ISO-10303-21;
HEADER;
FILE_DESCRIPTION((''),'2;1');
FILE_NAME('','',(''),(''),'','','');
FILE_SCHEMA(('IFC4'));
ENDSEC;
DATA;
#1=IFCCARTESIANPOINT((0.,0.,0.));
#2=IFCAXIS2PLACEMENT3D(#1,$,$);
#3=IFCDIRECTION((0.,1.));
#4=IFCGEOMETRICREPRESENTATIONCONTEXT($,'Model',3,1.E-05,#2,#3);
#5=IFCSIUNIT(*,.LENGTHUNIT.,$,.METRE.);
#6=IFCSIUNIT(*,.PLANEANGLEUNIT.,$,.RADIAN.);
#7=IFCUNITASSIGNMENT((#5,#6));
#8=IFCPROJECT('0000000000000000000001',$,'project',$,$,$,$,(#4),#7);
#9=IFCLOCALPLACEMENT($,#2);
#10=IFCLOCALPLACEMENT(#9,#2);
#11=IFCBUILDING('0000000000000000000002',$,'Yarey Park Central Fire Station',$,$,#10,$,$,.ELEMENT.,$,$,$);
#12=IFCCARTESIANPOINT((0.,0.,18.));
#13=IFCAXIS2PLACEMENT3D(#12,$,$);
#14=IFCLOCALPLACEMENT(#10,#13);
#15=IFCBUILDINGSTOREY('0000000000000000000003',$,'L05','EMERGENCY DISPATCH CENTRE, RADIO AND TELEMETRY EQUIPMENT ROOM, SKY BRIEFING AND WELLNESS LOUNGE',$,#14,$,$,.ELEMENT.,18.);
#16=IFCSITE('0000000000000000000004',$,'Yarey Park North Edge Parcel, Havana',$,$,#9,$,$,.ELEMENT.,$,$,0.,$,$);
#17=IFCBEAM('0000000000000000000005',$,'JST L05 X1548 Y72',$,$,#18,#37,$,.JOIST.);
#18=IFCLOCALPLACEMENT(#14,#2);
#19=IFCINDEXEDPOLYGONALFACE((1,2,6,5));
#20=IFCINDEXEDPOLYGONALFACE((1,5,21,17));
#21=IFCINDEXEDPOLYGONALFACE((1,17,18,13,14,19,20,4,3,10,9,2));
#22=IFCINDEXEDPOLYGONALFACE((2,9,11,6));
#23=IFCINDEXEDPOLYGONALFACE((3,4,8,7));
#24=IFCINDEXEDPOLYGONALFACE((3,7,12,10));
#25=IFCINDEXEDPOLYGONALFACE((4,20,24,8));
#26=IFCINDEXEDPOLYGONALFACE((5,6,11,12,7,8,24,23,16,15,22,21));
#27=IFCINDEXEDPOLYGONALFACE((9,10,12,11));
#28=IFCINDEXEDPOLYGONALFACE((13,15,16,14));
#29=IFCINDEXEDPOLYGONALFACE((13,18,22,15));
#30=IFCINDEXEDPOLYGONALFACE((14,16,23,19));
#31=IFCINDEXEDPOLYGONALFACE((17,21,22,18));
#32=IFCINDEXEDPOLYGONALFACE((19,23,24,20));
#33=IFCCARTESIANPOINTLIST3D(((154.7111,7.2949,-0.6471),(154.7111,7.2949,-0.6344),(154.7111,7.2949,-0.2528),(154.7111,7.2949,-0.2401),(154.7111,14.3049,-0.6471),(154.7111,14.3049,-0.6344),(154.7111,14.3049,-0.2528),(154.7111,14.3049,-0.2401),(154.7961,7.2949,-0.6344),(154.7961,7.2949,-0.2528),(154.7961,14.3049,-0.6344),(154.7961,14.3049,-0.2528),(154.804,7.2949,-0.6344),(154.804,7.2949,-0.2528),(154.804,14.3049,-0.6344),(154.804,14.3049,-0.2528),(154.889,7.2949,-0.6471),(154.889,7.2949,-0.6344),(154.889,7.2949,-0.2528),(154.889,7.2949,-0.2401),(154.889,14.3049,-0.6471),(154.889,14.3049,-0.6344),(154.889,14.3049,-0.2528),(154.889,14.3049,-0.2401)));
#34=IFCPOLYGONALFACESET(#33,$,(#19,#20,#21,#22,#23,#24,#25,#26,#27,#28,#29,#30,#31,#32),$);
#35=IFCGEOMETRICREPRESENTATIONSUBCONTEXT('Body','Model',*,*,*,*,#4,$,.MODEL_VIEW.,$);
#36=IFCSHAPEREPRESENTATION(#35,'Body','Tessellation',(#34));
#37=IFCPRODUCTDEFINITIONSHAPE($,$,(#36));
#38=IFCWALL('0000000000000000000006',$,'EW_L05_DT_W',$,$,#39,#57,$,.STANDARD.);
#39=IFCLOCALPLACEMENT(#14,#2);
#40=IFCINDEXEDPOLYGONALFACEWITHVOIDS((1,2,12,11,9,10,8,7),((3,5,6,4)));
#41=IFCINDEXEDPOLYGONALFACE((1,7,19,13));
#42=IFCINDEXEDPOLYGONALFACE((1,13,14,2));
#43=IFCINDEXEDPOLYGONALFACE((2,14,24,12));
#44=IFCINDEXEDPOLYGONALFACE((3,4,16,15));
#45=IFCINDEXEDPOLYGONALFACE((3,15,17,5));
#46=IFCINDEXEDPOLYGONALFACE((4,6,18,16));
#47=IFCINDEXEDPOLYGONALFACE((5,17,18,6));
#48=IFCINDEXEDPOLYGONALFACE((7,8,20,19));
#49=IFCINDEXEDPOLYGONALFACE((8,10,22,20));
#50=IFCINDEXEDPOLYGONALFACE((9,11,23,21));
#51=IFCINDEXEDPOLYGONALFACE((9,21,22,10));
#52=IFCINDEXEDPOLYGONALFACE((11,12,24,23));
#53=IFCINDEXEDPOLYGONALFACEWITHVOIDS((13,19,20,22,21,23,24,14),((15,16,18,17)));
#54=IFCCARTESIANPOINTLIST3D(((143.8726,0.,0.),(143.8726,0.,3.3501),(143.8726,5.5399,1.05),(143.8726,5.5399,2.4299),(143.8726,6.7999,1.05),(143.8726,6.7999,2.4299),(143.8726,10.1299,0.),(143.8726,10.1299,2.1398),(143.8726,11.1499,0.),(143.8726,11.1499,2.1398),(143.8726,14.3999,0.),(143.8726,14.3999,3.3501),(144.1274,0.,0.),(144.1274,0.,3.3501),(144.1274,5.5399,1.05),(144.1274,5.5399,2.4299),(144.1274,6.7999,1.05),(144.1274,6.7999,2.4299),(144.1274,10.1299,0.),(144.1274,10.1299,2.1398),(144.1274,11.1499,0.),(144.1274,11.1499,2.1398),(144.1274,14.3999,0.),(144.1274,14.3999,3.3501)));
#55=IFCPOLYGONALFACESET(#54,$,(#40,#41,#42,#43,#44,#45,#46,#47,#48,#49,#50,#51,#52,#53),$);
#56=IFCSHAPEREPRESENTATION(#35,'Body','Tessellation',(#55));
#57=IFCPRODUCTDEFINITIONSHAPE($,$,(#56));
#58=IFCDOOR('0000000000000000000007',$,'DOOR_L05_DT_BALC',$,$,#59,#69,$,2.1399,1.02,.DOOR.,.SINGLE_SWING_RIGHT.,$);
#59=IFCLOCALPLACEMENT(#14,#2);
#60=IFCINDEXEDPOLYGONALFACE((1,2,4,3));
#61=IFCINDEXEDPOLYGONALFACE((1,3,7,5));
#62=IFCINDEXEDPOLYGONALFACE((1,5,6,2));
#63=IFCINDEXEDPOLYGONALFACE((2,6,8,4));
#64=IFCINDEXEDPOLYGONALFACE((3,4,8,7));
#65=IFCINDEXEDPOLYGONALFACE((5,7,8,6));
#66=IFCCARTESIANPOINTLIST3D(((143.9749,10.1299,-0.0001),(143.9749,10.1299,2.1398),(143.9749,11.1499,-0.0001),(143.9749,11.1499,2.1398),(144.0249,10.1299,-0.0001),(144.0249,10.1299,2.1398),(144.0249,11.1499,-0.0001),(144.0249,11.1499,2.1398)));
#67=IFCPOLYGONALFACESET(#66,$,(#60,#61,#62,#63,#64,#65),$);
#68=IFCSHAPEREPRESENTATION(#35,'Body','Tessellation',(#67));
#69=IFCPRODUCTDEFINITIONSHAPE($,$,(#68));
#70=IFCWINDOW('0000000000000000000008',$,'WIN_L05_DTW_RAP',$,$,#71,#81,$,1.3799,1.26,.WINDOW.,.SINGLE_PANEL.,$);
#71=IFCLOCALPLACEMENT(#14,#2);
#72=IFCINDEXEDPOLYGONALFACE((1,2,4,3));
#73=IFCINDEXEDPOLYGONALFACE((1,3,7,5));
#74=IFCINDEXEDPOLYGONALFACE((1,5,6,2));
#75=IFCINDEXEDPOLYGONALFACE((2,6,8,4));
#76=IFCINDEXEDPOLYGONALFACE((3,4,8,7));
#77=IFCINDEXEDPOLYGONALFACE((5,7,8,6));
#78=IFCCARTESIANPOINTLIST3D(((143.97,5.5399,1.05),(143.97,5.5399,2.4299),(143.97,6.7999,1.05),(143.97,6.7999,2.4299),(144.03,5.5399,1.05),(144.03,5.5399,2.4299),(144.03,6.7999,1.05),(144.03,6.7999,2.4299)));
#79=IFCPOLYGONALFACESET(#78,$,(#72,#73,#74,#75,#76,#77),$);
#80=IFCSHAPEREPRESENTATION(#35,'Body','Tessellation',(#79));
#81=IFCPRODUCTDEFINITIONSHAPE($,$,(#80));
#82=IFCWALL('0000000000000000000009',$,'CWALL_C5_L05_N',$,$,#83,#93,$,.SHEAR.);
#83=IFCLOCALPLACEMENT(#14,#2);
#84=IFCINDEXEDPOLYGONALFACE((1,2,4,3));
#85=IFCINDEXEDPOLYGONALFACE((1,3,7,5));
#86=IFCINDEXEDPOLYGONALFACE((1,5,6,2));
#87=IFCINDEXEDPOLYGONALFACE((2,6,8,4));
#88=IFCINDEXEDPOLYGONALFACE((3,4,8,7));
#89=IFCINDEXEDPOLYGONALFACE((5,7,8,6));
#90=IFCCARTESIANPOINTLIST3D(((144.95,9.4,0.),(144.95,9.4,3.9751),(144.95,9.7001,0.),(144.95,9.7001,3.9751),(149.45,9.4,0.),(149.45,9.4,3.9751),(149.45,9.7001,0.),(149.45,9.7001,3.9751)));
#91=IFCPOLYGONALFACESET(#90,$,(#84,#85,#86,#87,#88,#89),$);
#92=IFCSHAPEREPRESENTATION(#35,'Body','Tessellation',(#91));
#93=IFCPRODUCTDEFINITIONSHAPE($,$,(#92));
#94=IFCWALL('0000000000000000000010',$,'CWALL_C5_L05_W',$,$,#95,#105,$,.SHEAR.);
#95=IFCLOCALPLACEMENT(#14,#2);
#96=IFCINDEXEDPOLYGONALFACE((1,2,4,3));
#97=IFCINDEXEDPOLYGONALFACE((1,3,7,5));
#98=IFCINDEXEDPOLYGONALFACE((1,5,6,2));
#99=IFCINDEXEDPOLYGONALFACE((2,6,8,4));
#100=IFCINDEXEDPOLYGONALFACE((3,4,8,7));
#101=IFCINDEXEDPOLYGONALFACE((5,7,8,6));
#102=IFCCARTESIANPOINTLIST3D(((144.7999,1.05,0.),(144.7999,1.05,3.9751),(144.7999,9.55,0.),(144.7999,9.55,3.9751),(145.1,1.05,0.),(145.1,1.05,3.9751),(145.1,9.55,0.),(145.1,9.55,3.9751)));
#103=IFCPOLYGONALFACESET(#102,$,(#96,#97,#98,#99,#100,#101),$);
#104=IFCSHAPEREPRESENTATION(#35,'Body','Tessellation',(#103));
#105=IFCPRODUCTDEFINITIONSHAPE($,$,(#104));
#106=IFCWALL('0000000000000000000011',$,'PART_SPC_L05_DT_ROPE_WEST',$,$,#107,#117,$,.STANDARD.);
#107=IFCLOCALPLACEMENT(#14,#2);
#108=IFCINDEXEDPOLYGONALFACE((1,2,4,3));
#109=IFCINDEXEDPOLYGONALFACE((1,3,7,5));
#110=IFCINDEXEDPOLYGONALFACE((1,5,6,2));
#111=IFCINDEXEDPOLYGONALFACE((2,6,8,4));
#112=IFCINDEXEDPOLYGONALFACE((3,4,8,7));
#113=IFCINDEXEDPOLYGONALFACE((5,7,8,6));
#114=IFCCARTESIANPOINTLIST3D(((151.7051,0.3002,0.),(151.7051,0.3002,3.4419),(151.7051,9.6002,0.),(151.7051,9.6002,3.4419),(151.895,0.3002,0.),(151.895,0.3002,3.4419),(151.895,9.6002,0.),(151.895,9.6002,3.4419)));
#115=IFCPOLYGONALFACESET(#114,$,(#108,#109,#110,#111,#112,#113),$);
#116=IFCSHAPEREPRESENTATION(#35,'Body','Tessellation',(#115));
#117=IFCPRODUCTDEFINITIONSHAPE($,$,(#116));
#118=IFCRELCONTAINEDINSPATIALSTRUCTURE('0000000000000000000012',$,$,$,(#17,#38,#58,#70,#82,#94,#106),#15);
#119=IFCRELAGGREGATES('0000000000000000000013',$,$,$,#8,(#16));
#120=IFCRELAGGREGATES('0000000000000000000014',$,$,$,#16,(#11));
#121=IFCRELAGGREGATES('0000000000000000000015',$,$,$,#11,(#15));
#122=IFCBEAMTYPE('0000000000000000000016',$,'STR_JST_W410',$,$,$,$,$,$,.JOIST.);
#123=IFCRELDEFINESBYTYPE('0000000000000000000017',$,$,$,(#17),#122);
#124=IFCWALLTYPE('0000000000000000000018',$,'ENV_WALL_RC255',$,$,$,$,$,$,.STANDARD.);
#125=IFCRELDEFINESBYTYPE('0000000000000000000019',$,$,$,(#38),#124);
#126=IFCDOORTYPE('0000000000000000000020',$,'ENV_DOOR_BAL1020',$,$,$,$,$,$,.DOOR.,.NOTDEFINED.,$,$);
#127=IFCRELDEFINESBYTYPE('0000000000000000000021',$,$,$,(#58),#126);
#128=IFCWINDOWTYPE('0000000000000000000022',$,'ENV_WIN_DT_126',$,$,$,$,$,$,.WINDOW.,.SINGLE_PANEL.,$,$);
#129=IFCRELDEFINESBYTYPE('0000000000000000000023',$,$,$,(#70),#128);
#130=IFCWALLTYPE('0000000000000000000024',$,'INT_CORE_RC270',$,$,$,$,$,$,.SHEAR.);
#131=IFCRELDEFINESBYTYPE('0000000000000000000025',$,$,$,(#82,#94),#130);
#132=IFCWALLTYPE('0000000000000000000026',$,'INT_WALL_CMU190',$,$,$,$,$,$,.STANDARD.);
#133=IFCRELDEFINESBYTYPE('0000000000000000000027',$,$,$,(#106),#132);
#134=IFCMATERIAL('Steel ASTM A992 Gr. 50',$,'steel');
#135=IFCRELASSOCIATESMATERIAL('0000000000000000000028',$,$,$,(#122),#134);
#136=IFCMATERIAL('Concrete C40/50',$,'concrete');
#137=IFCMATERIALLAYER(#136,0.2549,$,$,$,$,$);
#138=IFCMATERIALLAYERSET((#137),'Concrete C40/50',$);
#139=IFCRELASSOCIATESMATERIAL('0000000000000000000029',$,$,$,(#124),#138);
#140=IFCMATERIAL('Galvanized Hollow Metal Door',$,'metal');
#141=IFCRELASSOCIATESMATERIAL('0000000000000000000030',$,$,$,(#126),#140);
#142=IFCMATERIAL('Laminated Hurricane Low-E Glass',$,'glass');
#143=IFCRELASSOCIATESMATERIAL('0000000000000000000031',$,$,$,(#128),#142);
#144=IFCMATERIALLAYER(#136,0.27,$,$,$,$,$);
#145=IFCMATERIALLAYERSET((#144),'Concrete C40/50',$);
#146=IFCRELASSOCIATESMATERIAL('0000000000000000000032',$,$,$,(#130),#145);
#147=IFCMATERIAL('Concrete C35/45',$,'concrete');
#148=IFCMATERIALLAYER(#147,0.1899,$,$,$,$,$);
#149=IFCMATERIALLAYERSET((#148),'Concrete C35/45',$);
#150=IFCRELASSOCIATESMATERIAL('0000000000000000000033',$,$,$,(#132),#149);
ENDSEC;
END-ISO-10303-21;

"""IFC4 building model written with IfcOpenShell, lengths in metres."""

from ifc_helpers import new_model, si_unit, direction, frame, frame_2d, origin, origin_2d, place, context, subcontext, project, spatial, rectangle, i_section, extrude, material, layer, layer_set, material_profile, profile_set, type_object, element, fill, save


model = new_model("IFC4")

# Units and contexts
model_context = context("Model", 3, precision=1e-05, world=origin(), true_north=direction((0.0, 1.0)))
body_context = subcontext(model_context, "Body", "Model", "MODEL_VIEW")
ifc_project = project(units=[si_unit("LENGTHUNIT", "METRE"), si_unit("PLANEANGLEUNIT", "RADIAN")], contexts=[model_context])

# Site, building, storey
site_placement = place(None, origin())
site = spatial("IfcSite", under=ifc_project, at=site_placement, Name="Yarey Park North Edge Parcel, Havana", CompositionType="ELEMENT", RefElevation=0.0)
building_placement = place(site_placement, origin())
building = spatial("IfcBuilding", under=site, at=building_placement, Name="Yarey Park Central Fire Station", CompositionType="ELEMENT")
storey_placement = place(building_placement, frame((0.0, 0.0, 18.0)))
storey = spatial("IfcBuildingStorey", under=building, at=storey_placement, Name="L05", Description="EMERGENCY DISPATCH CENTRE, RADIO AND TELEMETRY EQUIPMENT ROOM, SKY BRIEFING AND WELLNESS LOUNGE", CompositionType="ELEMENT", Elevation=18.0)

# Shared definitions
ifc_material_1 = material(Name="Steel ASTM A992 Gr. 50", Category="steel")

# Beam
ifc_material_profile_1 = material_profile(ifc_material_1, i_section(OverallWidth=0.178, OverallDepth=0.407, WebThickness=0.0078, FlangeThickness=0.0127, at=origin_2d()), Name="W410x60")
ifc_profile_set_1 = profile_set([ifc_material_profile_1], Name="Steel ASTM A992 Gr. 50")
beam_type_1 = type_object("IfcBeamType", Name="STR_JST_W410", PredefinedType="JOIST", material=ifc_profile_set_1)
beam_1_placement = place(storey_placement, frame((154.8, 7.2949, -0.4436), z_axis=(0.0, 1.0, 0.0), x_axis=(-1.0, 0.0, 0.0)))
element("IfcBeam", 1, at=beam_1_placement, inside=storey, type_object=beam_type_1, Name="JST L05 X1548 Y72", PredefinedType="JOIST", context=body_context, shape_type="SweptSolid", body=[
    extrude(i_section(OverallWidth=0.178, OverallDepth=0.407, WebThickness=0.0078, FlangeThickness=0.0127, at=origin_2d()), origin(), (0.0, 0.0, 1.0), 7.01),
])

# Wall, openings, door, window
ifc_material_2 = material(Name="Concrete C40/50", Category="concrete")
ifc_layer_1 = layer(ifc_material_2, 0.2549)
ifc_layer_set_1 = layer_set([ifc_layer_1], Name="Concrete C40/50")
wall_type_1 = type_object("IfcWallType", Name="ENV_WALL_RC255", PredefinedType="STANDARD", material=ifc_layer_set_1)
wall_1_placement = place(storey_placement, frame((144.0, 14.3999, 0.0), z_axis=(0.0, 0.0, 1.0), x_axis=(0.0, -1.0, 0.0)))
wall_1 = element("IfcWall", 2, at=wall_1_placement, inside=storey, type_object=wall_type_1, Name="EW_L05_DT_W", PredefinedType="STANDARD", context=body_context, shape_type="SweptSolid", body=[
    extrude(rectangle(XDim=14.3999, YDim=0.2549, at=frame_2d((7.2, 0.0))), origin(), (0.0, 0.0, 1.0), 3.3501),
])
opening_1_placement = place(wall_1_placement, frame((3.25, 0.0, 0.0)))
opening_1 = element("IfcOpeningElement", 3, at=opening_1_placement, cuts=wall_1, PredefinedType="OPENING", context=body_context, shape_type="SweptSolid", body=[
    extrude(rectangle(XDim=1.02, YDim=2.1399, at=frame_2d((0.51, 1.0698))), frame((0.0, 0.1375, 0.0), z_axis=(0.0, -1.0, 0.0), x_axis=(1.0, 0.0, 0.0)), (0.0, 0.0, 1.0), 0.2749),
])
opening_2_placement = place(wall_1_placement, frame((7.6001, 0.0, 1.05)))
opening_2 = element("IfcOpeningElement", 4, at=opening_2_placement, cuts=wall_1, PredefinedType="OPENING", context=body_context, shape_type="SweptSolid", body=[
    extrude(rectangle(XDim=1.26, YDim=1.3799, at=frame_2d((0.6299, 0.6899))), frame((0.0, 0.1375, 0.0), z_axis=(0.0, -1.0, 0.0), x_axis=(1.0, 0.0, 0.0)), (0.0, 0.0, 1.0), 0.2749),
])
ifc_material_3 = material(Name="Galvanized Hollow Metal Door", Category="metal")
door_type = type_object("IfcDoorType", Name="ENV_DOOR_BAL1020", OperationType="NOTDEFINED", PredefinedType="DOOR", material=ifc_material_3)
door_placement = place(opening_1_placement, origin())
door = element("IfcDoor", 5, at=door_placement, inside=storey, type_object=door_type, Name="DOOR_L05_DT_BALC", OperationType="SINGLE_SWING_RIGHT", OverallHeight=2.1399, OverallWidth=1.02, PredefinedType="DOOR", context=body_context, shape_type="SweptSolid", body=[
    extrude(rectangle(XDim=1.02, YDim=2.1399, at=frame_2d((0.51, 1.0698))), frame((0.0, 0.0249, 0.0), z_axis=(0.0, -1.0, 0.0), x_axis=(1.0, 0.0, 0.0)), (0.0, 0.0, 1.0), 0.05),
])
fill(opening_1, door)
ifc_material_4 = material(Name="Laminated Hurricane Low-E Glass", Category="glass")
window_type = type_object("IfcWindowType", Name="ENV_WIN_DT_126", PartitioningType="SINGLE_PANEL", PredefinedType="WINDOW", material=ifc_material_4)
window_placement = place(opening_2_placement, origin())
window = element("IfcWindow", 6, at=window_placement, inside=storey, type_object=window_type, Name="WIN_L05_DTW_RAP", OverallHeight=1.3799, OverallWidth=1.26, PartitioningType="SINGLE_PANEL", PredefinedType="WINDOW", context=body_context, shape_type="SweptSolid", body=[
    extrude(rectangle(XDim=1.26, YDim=1.3799, at=frame_2d((0.6299, 0.6899))), frame((0.0, 0.03, 0.0), z_axis=(0.0, -1.0, 0.0), x_axis=(1.0, 0.0, 0.0)), (0.0, 0.0, 1.0), 0.0601),
])
fill(opening_2, window)

# Walls
ifc_layer_2 = layer(ifc_material_2, 0.27)
ifc_layer_set_2 = layer_set([ifc_layer_2], Name="Concrete C40/50")
wall_type_2 = type_object("IfcWallType", Name="INT_CORE_RC270", PredefinedType="SHEAR", material=ifc_layer_set_2)
wall_2_placement = place(storey_placement, frame((149.45, 9.55, 0.0), z_axis=(0.0, 0.0, 1.0), x_axis=(-1.0, 0.0, 0.0)))
element("IfcWall", 7, at=wall_2_placement, inside=storey, type_object=wall_type_2, Name="CWALL_C5_L05_N", PredefinedType="SHEAR", context=body_context, shape_type="SweptSolid", body=[
    extrude(rectangle(XDim=4.5, YDim=0.3, at=frame_2d((2.25, 0.0))), origin(), (0.0, 0.0, 1.0), 3.9751),
])
wall_3_placement = place(storey_placement, frame((144.95, 9.55, 0.0), z_axis=(0.0, 0.0, 1.0), x_axis=(0.0, -1.0, 0.0)))
element("IfcWall", 8, at=wall_3_placement, inside=storey, type_object=wall_type_2, Name="CWALL_C5_L05_W", PredefinedType="SHEAR", context=body_context, shape_type="SweptSolid", body=[
    extrude(rectangle(XDim=8.5, YDim=0.3, at=frame_2d((4.25, 0.0))), origin(), (0.0, 0.0, 1.0), 3.9751),
])
ifc_material_5 = material(Name="Concrete C35/45", Category="concrete")
ifc_layer_3 = layer(ifc_material_5, 0.1899)
ifc_layer_set_3 = layer_set([ifc_layer_3], Name="Concrete C35/45")
wall_type_3 = type_object("IfcWallType", Name="INT_WALL_CMU190", PredefinedType="STANDARD", material=ifc_layer_set_3)
wall_4_placement = place(storey_placement, frame((151.8, 9.6001, 0.0), z_axis=(0.0, 0.0, 1.0), x_axis=(0.0, -1.0, 0.0)))
element("IfcWall", 9, at=wall_4_placement, inside=storey, type_object=wall_type_3, Name="PART_SPC_L05_DT_ROPE_WEST", PredefinedType="STANDARD", context=body_context, shape_type="SweptSolid", body=[
    extrude(rectangle(XDim=9.3, YDim=0.1899, at=frame_2d((4.6499, 0.0))), origin(), (0.0, 0.0, 1.0), 3.4419),
])

save(model, "model.ifc")
